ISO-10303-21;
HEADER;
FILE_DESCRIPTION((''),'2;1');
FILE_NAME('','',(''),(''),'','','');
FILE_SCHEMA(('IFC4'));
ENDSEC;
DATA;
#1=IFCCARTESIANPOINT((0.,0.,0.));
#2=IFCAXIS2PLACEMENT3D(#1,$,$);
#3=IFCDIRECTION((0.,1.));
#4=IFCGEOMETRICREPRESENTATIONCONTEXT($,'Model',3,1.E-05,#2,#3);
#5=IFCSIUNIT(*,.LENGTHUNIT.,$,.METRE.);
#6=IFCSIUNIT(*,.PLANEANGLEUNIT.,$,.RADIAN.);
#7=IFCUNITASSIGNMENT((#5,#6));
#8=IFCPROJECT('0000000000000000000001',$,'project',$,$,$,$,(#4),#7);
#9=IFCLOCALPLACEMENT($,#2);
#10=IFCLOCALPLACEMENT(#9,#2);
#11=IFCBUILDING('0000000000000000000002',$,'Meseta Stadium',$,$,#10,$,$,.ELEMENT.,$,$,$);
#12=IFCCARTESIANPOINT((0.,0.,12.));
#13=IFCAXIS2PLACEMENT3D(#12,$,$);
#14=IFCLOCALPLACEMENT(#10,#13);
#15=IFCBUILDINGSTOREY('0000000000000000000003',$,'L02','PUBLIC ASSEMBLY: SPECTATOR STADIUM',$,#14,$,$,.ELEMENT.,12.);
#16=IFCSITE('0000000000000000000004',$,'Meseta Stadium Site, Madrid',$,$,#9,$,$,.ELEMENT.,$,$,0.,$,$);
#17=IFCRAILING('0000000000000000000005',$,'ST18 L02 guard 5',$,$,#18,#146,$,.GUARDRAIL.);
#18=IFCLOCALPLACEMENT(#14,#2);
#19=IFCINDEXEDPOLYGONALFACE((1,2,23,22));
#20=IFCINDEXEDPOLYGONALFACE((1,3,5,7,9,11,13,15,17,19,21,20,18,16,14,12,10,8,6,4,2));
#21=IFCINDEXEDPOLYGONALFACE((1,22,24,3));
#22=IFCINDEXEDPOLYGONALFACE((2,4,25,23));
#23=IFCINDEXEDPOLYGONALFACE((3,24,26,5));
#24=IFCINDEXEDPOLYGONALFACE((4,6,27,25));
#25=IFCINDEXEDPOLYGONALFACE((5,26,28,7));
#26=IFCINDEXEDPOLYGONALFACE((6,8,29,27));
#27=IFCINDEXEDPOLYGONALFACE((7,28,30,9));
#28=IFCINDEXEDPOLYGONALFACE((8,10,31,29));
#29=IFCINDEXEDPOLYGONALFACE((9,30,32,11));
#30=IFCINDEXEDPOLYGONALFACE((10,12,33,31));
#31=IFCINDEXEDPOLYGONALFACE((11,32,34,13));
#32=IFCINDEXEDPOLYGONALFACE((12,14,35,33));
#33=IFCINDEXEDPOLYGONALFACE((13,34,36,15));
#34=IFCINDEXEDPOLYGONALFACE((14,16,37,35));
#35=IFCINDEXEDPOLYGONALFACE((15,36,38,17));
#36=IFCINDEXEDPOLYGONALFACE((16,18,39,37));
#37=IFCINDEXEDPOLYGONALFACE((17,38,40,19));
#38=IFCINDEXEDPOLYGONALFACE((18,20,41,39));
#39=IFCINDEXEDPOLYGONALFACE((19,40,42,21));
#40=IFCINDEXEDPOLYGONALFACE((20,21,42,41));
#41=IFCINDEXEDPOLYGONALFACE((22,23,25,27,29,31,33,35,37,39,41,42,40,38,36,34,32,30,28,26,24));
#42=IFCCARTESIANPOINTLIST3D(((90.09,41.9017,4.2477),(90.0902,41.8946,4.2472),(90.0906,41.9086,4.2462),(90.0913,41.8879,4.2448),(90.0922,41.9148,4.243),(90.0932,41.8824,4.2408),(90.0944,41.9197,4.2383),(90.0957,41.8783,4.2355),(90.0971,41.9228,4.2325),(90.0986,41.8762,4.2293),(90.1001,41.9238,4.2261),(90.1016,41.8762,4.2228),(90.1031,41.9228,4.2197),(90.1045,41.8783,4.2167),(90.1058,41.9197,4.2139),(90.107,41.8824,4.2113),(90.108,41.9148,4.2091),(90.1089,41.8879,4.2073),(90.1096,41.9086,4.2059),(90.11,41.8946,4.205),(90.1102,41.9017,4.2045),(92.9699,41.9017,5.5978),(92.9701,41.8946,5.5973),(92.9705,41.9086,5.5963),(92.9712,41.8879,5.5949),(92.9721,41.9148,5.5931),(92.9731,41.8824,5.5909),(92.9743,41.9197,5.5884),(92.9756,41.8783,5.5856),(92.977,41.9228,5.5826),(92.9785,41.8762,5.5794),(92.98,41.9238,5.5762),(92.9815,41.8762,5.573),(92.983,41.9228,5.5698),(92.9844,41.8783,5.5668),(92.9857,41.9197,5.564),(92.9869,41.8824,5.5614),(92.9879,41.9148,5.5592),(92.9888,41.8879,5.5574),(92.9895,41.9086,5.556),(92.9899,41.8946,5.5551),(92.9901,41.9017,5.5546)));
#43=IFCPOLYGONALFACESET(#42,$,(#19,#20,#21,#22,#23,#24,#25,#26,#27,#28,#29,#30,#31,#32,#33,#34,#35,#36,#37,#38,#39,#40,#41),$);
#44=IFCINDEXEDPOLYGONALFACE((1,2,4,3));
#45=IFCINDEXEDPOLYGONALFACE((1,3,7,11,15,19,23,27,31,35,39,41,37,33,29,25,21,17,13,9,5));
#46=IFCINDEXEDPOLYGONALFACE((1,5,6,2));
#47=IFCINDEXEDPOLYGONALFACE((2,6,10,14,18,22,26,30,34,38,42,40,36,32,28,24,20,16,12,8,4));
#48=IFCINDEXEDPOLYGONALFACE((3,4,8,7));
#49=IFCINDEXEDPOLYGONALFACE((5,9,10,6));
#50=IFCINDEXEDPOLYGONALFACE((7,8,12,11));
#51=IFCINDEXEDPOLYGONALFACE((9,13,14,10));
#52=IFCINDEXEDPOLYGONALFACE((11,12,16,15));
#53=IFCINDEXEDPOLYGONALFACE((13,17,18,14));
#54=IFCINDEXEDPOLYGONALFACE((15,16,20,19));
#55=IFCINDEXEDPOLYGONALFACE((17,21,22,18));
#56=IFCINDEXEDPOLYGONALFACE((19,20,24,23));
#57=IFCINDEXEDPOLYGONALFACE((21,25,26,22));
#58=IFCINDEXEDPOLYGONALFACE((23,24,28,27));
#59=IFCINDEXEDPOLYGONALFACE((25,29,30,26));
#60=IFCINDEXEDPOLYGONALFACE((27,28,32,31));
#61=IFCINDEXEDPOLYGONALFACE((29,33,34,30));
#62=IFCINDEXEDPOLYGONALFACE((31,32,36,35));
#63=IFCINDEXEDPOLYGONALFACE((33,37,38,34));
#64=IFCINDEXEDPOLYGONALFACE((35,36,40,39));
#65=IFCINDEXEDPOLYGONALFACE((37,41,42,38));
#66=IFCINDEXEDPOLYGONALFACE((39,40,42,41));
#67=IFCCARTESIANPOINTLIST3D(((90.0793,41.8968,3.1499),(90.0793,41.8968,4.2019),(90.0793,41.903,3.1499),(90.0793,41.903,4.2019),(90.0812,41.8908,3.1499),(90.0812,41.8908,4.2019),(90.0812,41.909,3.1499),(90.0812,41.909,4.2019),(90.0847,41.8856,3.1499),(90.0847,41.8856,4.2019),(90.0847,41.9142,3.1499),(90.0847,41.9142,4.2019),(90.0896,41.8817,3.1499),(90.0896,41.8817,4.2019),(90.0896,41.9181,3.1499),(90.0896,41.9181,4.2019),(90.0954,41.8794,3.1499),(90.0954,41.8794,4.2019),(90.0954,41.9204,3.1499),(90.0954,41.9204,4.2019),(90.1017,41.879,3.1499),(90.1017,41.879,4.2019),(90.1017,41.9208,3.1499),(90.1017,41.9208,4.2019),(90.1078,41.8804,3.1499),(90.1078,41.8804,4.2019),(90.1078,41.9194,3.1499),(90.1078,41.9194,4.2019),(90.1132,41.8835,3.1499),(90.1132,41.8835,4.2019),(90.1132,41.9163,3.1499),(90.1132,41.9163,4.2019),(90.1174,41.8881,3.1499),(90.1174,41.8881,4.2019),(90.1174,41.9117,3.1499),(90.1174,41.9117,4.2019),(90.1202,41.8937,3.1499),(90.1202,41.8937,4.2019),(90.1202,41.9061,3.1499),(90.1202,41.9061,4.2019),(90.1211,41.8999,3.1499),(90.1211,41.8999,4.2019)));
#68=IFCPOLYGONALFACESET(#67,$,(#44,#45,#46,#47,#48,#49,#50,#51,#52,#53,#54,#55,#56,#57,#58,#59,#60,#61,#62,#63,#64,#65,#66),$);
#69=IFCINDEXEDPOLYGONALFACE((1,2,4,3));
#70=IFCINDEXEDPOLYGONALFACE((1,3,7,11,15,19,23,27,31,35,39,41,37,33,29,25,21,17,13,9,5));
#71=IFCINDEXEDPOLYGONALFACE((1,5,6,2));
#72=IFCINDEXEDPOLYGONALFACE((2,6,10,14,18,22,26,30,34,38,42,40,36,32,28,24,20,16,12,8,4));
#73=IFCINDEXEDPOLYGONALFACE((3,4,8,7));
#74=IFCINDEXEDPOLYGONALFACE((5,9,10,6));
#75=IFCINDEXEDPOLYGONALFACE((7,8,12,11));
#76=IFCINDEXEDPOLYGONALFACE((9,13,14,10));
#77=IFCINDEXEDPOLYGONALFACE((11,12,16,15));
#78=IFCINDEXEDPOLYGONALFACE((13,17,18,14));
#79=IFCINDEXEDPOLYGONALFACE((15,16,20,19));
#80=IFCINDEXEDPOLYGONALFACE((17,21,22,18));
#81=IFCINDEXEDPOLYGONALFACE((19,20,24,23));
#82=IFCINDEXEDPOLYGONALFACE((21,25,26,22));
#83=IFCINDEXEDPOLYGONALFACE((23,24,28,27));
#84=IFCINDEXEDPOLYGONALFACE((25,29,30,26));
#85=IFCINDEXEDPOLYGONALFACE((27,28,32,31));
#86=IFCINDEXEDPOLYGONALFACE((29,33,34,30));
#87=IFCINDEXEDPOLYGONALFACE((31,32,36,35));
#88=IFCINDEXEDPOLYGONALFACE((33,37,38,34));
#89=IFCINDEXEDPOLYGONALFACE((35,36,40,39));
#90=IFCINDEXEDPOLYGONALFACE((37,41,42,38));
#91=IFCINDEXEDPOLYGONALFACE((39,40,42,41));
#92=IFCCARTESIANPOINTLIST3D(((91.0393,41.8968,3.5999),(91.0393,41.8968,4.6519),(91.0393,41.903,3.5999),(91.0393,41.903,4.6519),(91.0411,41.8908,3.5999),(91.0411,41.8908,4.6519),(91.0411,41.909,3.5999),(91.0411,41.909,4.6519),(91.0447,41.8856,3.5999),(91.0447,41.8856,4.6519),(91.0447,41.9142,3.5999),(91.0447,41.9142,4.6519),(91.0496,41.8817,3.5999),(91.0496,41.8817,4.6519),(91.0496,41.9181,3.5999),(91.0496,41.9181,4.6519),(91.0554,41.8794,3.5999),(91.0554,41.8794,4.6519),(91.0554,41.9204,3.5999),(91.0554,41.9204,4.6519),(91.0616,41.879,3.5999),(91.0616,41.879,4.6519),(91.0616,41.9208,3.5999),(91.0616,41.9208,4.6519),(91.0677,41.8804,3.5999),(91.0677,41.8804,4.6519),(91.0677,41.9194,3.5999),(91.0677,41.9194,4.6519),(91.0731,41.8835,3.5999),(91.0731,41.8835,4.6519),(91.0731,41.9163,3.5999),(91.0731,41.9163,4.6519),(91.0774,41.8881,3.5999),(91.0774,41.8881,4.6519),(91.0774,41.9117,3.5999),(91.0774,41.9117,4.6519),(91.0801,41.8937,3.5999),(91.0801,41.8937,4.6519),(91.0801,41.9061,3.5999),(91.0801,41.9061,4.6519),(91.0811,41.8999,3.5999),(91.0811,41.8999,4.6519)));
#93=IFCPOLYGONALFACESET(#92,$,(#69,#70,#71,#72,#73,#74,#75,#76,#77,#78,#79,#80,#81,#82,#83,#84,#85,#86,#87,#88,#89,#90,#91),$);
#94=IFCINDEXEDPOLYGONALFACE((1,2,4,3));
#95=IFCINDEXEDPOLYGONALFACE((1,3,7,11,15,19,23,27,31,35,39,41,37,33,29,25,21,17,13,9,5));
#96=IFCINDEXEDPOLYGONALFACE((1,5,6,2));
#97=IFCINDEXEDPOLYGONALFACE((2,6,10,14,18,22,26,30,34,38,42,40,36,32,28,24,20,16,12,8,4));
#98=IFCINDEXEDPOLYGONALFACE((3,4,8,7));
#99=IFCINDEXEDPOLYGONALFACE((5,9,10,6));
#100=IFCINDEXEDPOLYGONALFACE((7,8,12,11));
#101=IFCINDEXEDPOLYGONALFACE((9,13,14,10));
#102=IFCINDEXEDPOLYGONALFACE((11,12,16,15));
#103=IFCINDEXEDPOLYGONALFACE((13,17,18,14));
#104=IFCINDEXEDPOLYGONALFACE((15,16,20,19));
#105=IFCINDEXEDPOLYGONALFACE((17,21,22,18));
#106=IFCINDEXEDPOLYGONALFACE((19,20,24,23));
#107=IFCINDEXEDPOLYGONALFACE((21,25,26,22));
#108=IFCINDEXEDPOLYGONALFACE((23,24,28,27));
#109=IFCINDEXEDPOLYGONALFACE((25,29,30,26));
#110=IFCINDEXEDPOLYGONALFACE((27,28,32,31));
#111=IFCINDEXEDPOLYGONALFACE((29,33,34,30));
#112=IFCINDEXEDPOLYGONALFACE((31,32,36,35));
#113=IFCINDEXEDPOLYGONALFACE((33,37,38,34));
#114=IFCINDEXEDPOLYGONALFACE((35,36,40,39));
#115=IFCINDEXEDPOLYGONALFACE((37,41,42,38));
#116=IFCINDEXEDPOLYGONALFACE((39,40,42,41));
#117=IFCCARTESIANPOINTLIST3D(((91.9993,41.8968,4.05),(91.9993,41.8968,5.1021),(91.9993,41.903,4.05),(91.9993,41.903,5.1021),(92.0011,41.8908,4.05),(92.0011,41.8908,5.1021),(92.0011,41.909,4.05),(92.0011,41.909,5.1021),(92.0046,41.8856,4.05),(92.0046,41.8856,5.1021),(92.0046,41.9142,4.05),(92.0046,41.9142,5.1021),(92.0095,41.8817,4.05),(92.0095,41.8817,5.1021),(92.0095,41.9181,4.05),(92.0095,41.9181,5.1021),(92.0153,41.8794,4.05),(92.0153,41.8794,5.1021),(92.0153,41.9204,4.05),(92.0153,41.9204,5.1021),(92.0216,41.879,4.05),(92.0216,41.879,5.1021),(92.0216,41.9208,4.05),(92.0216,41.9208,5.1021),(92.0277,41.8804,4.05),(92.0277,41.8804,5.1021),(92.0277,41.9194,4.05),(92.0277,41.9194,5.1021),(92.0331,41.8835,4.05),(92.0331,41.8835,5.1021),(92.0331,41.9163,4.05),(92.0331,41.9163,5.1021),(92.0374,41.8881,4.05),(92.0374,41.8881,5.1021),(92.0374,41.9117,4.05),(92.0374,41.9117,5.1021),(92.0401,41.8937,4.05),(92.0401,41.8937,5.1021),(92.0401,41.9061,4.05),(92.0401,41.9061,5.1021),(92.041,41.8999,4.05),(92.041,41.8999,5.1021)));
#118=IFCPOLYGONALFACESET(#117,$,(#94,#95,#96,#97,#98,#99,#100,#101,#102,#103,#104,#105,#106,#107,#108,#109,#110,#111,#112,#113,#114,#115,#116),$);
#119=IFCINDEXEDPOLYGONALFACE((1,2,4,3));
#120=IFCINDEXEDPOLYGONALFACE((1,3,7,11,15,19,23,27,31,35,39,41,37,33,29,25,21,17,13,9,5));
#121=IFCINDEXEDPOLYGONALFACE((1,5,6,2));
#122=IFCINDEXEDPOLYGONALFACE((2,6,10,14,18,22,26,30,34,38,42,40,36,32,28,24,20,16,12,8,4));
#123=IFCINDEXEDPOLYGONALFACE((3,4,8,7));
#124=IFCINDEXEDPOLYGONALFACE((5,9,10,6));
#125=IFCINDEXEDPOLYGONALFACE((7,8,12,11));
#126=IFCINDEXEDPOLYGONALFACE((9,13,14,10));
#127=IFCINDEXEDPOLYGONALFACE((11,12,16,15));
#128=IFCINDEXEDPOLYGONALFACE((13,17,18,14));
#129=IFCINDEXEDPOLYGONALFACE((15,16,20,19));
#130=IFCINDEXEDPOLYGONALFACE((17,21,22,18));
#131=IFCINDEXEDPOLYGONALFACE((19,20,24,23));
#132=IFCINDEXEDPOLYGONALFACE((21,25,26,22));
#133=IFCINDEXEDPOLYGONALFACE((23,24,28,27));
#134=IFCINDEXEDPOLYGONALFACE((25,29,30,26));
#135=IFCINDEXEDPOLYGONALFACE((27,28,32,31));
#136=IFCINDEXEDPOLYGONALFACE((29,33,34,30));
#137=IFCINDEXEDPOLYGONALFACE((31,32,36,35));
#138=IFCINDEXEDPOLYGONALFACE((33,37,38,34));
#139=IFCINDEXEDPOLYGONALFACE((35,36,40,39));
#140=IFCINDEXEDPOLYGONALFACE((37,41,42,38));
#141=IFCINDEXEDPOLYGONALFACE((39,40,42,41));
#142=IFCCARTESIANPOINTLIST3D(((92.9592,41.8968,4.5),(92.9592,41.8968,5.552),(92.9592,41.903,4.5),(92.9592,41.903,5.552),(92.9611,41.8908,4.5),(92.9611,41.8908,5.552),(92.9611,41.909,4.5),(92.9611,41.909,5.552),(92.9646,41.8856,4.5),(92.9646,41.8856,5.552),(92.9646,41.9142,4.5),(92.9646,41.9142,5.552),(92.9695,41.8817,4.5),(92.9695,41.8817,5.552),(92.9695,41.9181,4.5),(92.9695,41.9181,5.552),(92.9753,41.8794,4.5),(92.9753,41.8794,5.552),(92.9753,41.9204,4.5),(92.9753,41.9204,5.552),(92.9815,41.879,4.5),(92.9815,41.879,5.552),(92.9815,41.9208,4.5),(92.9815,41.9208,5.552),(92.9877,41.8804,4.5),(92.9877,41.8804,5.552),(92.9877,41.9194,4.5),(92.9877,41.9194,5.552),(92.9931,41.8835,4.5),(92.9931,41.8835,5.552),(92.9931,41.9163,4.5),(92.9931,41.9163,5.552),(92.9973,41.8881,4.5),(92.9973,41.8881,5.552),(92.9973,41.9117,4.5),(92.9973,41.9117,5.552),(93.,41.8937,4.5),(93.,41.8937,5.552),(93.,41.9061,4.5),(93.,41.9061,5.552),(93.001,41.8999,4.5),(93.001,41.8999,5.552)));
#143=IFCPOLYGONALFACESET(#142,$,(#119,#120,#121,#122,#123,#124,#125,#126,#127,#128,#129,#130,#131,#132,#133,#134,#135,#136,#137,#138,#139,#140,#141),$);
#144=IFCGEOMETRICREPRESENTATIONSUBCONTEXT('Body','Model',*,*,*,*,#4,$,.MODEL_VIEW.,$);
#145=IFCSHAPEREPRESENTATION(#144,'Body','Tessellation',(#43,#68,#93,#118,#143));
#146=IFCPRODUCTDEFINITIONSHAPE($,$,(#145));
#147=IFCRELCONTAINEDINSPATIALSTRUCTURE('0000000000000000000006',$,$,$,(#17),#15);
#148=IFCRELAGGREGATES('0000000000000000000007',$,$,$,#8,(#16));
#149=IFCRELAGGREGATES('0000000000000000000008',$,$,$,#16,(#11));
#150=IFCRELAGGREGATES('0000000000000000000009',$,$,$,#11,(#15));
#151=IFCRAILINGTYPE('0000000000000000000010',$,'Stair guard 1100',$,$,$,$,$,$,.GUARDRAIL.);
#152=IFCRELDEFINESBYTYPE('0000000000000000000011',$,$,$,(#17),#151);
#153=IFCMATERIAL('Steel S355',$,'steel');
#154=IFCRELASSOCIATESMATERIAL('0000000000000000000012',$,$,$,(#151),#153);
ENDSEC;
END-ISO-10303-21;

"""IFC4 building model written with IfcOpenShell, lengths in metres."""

from ifc_helpers import new_model, si_unit, direction, frame, origin, origin_2d, place, context, subcontext, project, spatial, circle, extrude, material, type_object, element, save


model = new_model("IFC4")

# Units and contexts
model_context = context("Model", 3, precision=1e-05, world=origin(), true_north=direction((0.0, 1.0)))
body_context = subcontext(model_context, "Body", "Model", "MODEL_VIEW")
ifc_project = project(units=[si_unit("LENGTHUNIT", "METRE"), si_unit("PLANEANGLEUNIT", "RADIAN")], contexts=[model_context])

# Site, building, storey
site_placement = place(None, origin())
site = spatial("IfcSite", under=ifc_project, at=site_placement, Name="Meseta Stadium Site, Madrid", CompositionType="ELEMENT", RefElevation=0.0)
building_placement = place(site_placement, origin())
building = spatial("IfcBuilding", under=site, at=building_placement, Name="Meseta Stadium", CompositionType="ELEMENT")
storey_placement = place(building_placement, frame((0.0, 0.0, 12.0)))
storey = spatial("IfcBuildingStorey", under=building, at=storey_placement, Name="L02", Description="PUBLIC ASSEMBLY: SPECTATOR STADIUM", CompositionType="ELEMENT", Elevation=12.0)

# Railing
ifc_material_1 = material(Name="Steel S355", Category="steel")
railing_type_1 = type_object("IfcRailingType", Name="Stair guard 1100", PredefinedType="GUARDRAIL", material=ifc_material_1)
for number, where, name in (
    (1, (90.1001, 41.8999, 3.1499), "ST18 L02 guard 5"),
):
    element("IfcRailing", number, at=place(storey_placement, frame(where)), inside=storey, type_object=railing_type_1, Name=name, PredefinedType="GUARDRAIL", context=body_context, shape_type="SweptSolid", body=[
        extrude(circle(Radius=0.0239, at=origin_2d()), frame((0.0, 0.0, 1.0762), z_axis=(0.90544, 0.0, 0.424473), x_axis=(0.0, 1.0, 0.0)), (0.0, 0.0, 1.0), 3.1807),
        extrude(circle(Radius=0.021, at=origin_2d()), origin(), (0.0, 0.0, 1.0), 1.052),
        extrude(circle(Radius=0.021, at=origin_2d()), frame((0.96, 0.0, 0.45)), (0.0, 0.0, 1.0), 1.052),
        extrude(circle(Radius=0.021, at=origin_2d()), frame((1.9199, 0.0, 0.9001)), (0.0, 0.0, 1.0), 1.052),
        extrude(circle(Radius=0.021, at=origin_2d()), frame((2.8799, 0.0, 1.3501)), (0.0, 0.0, 1.0), 1.052),
    ])

save(model, "model.ifc")
